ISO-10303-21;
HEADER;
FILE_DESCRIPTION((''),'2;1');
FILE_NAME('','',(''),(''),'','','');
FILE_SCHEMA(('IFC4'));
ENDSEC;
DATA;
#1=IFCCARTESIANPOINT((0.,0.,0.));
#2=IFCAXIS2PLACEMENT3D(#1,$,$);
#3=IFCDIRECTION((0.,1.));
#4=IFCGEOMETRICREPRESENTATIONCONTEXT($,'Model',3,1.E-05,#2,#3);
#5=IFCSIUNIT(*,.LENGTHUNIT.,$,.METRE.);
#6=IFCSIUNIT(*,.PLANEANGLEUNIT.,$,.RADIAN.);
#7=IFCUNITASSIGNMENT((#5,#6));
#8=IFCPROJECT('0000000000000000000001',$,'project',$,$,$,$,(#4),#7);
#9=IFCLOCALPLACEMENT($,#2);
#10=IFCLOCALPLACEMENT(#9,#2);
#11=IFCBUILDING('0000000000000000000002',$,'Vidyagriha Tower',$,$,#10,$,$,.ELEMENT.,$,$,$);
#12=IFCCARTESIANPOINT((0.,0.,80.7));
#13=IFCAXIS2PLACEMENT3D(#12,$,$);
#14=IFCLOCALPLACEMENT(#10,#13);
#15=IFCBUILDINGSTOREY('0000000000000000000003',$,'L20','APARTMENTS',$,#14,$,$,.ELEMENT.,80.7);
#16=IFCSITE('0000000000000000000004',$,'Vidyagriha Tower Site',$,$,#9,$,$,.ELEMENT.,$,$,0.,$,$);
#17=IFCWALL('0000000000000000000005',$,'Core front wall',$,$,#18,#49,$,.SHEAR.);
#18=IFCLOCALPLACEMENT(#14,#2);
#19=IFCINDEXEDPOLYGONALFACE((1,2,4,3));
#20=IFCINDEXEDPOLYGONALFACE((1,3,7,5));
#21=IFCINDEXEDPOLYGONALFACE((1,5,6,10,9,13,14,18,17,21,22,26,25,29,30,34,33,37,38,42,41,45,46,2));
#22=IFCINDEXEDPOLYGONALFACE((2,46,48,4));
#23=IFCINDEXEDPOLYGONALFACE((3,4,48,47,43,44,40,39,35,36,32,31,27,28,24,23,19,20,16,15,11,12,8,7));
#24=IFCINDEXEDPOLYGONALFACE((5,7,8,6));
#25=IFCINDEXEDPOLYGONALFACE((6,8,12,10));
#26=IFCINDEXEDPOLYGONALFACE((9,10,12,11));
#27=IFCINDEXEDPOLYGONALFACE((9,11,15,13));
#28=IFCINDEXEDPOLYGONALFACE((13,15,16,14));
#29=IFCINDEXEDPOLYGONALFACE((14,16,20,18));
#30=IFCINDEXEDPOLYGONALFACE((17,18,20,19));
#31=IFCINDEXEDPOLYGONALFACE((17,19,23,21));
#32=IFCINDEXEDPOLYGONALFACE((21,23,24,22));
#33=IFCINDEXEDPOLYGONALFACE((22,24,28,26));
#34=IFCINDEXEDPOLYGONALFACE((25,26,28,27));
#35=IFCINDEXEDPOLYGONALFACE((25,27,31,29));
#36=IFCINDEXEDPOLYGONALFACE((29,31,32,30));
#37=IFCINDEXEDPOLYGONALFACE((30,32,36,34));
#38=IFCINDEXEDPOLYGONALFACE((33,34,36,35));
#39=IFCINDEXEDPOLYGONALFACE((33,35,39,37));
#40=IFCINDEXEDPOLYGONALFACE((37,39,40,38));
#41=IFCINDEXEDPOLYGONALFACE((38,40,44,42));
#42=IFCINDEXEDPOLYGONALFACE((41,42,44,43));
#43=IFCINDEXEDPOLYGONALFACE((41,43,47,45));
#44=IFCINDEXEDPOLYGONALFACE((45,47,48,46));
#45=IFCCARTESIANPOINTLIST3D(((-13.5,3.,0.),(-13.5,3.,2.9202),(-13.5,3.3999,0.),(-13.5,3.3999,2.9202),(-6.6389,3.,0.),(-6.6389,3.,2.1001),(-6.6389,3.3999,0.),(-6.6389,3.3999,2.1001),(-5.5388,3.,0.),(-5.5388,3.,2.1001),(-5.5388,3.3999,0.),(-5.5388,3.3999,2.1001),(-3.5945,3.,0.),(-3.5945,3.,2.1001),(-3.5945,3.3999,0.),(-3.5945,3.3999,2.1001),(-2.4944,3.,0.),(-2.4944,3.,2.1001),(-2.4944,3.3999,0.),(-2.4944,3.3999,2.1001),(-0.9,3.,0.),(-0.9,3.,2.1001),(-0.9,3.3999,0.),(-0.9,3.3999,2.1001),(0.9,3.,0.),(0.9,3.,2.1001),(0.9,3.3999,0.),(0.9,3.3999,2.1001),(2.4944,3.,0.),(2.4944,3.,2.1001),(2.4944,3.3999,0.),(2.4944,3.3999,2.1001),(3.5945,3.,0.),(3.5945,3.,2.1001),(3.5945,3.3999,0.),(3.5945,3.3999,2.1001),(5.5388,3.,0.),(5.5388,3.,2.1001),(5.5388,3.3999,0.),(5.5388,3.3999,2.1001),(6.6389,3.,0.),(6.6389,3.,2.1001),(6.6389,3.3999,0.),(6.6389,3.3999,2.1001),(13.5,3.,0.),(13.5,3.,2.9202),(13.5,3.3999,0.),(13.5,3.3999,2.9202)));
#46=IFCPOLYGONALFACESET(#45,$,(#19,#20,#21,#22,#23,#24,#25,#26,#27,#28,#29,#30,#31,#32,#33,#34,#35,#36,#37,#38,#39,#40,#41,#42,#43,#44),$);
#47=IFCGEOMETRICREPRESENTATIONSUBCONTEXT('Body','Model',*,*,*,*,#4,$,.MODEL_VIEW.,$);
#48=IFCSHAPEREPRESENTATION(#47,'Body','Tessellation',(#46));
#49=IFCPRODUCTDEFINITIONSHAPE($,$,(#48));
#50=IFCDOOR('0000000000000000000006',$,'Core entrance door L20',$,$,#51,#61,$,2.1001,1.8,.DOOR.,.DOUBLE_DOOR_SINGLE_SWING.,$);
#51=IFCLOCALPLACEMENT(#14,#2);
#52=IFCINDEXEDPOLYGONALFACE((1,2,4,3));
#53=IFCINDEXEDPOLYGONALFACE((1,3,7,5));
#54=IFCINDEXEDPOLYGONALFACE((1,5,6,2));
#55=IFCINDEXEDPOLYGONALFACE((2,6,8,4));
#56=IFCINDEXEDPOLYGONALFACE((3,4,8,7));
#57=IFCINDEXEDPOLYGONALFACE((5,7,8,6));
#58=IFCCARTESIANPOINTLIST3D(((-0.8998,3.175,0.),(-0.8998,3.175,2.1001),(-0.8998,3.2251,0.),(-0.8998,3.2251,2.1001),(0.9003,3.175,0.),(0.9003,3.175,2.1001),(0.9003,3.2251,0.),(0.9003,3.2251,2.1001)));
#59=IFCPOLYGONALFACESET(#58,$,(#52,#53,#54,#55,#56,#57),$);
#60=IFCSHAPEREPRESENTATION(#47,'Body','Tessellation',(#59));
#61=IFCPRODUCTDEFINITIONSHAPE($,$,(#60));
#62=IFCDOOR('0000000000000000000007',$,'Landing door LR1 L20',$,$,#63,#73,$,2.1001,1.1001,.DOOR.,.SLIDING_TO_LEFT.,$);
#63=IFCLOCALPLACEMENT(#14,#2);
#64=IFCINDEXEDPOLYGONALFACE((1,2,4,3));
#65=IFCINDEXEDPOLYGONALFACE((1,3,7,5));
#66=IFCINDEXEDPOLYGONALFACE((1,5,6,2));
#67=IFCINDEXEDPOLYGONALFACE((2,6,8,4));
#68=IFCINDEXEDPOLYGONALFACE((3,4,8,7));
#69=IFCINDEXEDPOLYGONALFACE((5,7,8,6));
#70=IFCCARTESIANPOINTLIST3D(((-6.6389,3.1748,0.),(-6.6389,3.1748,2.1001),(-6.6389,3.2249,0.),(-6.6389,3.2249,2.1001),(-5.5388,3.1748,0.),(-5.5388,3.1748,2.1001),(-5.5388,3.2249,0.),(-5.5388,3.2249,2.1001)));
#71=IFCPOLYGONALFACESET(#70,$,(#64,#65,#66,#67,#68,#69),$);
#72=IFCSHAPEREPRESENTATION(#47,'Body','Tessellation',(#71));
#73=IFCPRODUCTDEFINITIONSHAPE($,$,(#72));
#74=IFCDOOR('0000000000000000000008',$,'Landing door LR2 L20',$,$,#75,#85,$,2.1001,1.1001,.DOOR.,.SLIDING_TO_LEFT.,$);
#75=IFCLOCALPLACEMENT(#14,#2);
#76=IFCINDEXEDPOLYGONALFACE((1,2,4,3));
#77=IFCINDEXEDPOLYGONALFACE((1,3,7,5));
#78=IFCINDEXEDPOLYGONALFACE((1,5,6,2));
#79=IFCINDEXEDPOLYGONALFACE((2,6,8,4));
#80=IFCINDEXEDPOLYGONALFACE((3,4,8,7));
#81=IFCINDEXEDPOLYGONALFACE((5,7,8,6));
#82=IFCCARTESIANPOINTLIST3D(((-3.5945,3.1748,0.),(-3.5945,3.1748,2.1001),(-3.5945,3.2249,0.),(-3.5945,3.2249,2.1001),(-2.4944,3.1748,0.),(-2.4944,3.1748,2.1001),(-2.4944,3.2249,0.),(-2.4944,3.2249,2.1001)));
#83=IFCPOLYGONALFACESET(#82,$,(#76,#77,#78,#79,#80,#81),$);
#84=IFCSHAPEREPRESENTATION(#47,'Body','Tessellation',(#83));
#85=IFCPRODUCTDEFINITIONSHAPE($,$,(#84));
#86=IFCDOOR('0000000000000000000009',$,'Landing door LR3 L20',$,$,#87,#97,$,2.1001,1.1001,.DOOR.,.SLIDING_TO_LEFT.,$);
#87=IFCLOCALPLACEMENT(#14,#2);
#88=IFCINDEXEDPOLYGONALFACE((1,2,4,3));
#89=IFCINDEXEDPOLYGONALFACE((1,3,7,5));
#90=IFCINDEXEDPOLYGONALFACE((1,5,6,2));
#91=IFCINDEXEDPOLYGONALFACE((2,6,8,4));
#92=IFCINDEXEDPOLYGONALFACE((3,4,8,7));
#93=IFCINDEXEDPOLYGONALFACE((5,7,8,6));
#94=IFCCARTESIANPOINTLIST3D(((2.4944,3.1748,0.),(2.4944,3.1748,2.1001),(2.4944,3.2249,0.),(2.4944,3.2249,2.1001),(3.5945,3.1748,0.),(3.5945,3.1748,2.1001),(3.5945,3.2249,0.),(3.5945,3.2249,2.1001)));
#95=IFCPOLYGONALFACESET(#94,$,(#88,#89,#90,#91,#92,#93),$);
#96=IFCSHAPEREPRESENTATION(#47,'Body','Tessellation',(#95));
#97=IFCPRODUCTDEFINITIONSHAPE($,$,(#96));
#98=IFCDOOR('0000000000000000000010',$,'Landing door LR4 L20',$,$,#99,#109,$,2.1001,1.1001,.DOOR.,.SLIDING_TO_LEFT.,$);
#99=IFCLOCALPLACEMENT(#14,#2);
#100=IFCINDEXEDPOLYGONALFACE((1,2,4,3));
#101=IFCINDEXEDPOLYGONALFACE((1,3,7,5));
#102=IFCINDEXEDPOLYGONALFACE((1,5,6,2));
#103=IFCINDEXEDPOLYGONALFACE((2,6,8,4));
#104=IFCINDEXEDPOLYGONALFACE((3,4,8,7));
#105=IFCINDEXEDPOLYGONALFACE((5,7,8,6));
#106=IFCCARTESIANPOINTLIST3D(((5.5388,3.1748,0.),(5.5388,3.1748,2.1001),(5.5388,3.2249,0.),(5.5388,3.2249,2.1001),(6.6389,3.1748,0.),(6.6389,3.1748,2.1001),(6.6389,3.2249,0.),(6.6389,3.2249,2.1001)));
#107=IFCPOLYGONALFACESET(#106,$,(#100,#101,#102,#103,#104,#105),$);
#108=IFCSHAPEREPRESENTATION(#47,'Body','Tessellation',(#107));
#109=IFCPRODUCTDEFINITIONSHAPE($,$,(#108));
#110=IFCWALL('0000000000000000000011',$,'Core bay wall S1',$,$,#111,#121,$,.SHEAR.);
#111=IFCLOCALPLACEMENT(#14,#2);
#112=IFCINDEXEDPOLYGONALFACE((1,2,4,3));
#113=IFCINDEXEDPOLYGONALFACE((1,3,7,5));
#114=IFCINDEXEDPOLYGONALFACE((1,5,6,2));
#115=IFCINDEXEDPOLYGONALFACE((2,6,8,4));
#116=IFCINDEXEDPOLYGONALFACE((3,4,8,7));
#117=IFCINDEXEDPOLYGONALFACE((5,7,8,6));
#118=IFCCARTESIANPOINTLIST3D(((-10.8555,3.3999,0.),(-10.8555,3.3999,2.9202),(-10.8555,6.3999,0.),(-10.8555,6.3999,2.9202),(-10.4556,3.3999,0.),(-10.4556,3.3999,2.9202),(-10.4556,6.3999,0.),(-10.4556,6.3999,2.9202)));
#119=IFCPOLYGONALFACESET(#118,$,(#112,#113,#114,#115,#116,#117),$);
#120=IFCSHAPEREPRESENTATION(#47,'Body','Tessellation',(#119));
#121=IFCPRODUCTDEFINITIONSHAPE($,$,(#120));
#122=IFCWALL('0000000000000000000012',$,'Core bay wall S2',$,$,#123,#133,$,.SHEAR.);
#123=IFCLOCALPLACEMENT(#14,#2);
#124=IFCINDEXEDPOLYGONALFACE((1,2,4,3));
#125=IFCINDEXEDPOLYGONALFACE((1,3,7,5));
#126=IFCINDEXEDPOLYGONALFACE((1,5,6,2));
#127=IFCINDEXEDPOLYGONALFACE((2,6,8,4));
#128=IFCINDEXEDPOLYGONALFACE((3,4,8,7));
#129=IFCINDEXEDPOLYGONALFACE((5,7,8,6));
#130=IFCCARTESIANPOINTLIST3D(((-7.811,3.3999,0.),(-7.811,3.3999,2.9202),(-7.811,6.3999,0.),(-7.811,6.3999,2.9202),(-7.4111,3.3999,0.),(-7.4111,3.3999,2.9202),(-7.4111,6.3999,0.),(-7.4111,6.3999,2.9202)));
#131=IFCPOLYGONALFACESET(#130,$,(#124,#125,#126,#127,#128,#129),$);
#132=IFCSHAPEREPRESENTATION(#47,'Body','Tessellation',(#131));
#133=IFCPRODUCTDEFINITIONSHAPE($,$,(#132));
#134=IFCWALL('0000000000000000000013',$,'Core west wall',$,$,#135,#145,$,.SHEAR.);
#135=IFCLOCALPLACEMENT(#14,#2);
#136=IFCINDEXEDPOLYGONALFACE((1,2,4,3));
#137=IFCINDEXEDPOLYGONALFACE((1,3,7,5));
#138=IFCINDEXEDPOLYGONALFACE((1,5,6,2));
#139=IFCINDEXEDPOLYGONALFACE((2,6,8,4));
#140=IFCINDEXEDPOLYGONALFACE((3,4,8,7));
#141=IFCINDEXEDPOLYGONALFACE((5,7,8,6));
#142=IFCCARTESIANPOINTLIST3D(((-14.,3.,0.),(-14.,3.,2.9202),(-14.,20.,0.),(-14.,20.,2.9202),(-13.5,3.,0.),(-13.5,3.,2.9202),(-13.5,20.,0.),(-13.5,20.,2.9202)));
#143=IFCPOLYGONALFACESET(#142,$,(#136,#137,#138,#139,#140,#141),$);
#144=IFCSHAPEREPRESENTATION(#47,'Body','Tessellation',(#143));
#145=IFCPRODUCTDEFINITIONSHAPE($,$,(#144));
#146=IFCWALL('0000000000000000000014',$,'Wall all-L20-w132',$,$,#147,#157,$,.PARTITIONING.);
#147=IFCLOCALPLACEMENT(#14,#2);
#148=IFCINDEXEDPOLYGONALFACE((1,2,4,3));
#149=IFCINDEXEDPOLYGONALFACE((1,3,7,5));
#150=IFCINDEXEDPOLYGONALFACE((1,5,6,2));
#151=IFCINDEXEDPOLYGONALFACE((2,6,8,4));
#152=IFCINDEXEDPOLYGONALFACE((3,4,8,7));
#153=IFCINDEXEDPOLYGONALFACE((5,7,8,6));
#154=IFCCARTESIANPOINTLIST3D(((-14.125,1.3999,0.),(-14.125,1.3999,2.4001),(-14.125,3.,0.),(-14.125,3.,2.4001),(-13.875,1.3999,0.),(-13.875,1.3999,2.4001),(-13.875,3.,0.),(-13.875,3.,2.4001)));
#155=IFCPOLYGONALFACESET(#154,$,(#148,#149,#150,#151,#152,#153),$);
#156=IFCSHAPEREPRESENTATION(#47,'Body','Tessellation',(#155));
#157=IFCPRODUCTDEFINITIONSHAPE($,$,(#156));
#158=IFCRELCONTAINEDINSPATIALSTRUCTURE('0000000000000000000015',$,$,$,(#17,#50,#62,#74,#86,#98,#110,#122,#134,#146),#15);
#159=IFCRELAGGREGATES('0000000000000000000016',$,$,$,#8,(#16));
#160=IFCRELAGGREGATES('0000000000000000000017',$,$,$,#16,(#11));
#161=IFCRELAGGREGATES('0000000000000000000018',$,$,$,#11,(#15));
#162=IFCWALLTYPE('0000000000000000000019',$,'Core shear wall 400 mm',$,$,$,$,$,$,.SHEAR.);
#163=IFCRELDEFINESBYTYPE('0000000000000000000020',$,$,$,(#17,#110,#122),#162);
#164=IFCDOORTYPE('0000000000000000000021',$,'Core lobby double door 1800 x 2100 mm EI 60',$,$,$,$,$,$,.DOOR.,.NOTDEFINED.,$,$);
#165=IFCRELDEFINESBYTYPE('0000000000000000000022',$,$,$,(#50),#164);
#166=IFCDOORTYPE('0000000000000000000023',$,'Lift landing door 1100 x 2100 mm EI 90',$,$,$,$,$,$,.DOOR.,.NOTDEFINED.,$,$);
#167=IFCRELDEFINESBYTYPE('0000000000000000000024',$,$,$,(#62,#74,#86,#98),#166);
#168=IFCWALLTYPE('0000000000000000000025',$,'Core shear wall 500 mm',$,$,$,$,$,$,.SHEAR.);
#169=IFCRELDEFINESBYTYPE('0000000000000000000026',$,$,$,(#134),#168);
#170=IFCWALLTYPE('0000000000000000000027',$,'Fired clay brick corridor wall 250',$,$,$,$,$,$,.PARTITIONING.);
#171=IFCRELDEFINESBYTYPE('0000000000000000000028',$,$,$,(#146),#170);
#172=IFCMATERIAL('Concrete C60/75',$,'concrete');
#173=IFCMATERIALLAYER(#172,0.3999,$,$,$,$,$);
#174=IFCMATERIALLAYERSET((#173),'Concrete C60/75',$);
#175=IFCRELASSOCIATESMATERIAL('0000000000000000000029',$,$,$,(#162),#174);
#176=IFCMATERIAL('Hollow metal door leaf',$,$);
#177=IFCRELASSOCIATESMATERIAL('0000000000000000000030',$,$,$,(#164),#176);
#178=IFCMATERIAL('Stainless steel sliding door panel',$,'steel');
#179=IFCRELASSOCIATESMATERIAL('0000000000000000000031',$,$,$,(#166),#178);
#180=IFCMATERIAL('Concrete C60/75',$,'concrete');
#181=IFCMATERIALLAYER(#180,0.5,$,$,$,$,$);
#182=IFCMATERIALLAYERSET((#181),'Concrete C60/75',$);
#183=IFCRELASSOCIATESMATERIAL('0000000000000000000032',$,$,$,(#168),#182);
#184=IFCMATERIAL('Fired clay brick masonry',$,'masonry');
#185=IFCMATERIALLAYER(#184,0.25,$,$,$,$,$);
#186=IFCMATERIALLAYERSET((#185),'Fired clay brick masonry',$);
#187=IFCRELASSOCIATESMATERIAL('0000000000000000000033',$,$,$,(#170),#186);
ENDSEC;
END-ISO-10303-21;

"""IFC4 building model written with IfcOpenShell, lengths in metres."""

from ifc_helpers import new_model, si_unit, direction, frame, frame_2d, origin, place, context, subcontext, project, spatial, rectangle, extrude, material, layer, layer_set, type_object, element, fill, save


model = new_model("IFC4")

# Units and contexts
model_context = context("Model", 3, precision=1e-05, world=origin(), true_north=direction((0.0, 1.0)))
body_context = subcontext(model_context, "Body", "Model", "MODEL_VIEW")
ifc_project = project(units=[si_unit("LENGTHUNIT", "METRE"), si_unit("PLANEANGLEUNIT", "RADIAN")], contexts=[model_context])

# Site, building, storey
site_placement = place(None, origin())
site = spatial("IfcSite", under=ifc_project, at=site_placement, Name="Vidyagriha Tower Site", CompositionType="ELEMENT", RefElevation=0.0)
building_placement = place(site_placement, origin())
building = spatial("IfcBuilding", under=site, at=building_placement, Name="Vidyagriha Tower", CompositionType="ELEMENT")
storey_placement = place(building_placement, frame((0.0, 0.0, 80.7)))
storey = spatial("IfcBuildingStorey", under=building, at=storey_placement, Name="L20", Description="APARTMENTS", CompositionType="ELEMENT", Elevation=80.7)

# Wall, openings, doors
ifc_material_1 = material(Name="Concrete C60/75", Category="concrete")
ifc_layer_1 = layer(ifc_material_1, 0.3999)
ifc_layer_set_1 = layer_set([ifc_layer_1], Name="Concrete C60/75")
wall_type_1 = type_object("IfcWallType", Name="Core shear wall 400 mm", PredefinedType="SHEAR", material=ifc_layer_set_1)
wall_1_placement = place(storey_placement, frame((-13.5, 3.2, 0.0)))
wall_1 = element("IfcWall", 1, at=wall_1_placement, inside=storey, type_object=wall_type_1, Name="Core front wall", PredefinedType="SHEAR", context=body_context, shape_type="SweptSolid", body=[
    extrude(rectangle(XDim=27.0, YDim=0.3999, at=frame_2d((13.5, 0.0))), origin(), (0.0, 0.0, 1.0), 2.9202),
])
opening_1_placement = place(wall_1_placement, frame((6.8611, 0.0, 0.0)))
opening_1 = element("IfcOpeningElement", 2, at=opening_1_placement, cuts=wall_1, PredefinedType="OPENING", context=body_context, shape_type="SweptSolid", body=[
    extrude(rectangle(XDim=1.1001, YDim=2.1001, at=frame_2d((0.55, 1.05))), frame((0.0, 0.21, 0.0), z_axis=(0.0, -1.0, 0.0), x_axis=(1.0, 0.0, 0.0)), (0.0, 0.0, 1.0), 0.4199),
])
opening_2_placement = place(wall_1_placement, frame((9.9055, 0.0, 0.0)))
opening_2 = element("IfcOpeningElement", 3, at=opening_2_placement, cuts=wall_1, PredefinedType="OPENING", context=body_context, shape_type="SweptSolid", body=[
    extrude(rectangle(XDim=1.1001, YDim=2.1001, at=frame_2d((0.55, 1.05))), frame((0.0, 0.21, 0.0), z_axis=(0.0, -1.0, 0.0), x_axis=(1.0, 0.0, 0.0)), (0.0, 0.0, 1.0), 0.4199),
])
opening_3_placement = place(wall_1_placement, frame((15.9944, 0.0, 0.0)))
opening_3 = element("IfcOpeningElement", 4, at=opening_3_placement, cuts=wall_1, PredefinedType="OPENING", context=body_context, shape_type="SweptSolid", body=[
    extrude(rectangle(XDim=1.1001, YDim=2.1001, at=frame_2d((0.55, 1.05))), frame((0.0, 0.21, 0.0), z_axis=(0.0, -1.0, 0.0), x_axis=(1.0, 0.0, 0.0)), (0.0, 0.0, 1.0), 0.4199),
])
opening_4_placement = place(wall_1_placement, frame((19.0388, 0.0, 0.0)))
opening_4 = element("IfcOpeningElement", 5, at=opening_4_placement, cuts=wall_1, PredefinedType="OPENING", context=body_context, shape_type="SweptSolid", body=[
    extrude(rectangle(XDim=1.1001, YDim=2.1001, at=frame_2d((0.55, 1.05))), frame((0.0, 0.21, 0.0), z_axis=(0.0, -1.0, 0.0), x_axis=(1.0, 0.0, 0.0)), (0.0, 0.0, 1.0), 0.4199),
])
opening_5_placement = place(wall_1_placement, frame((12.6001, 0.0, 0.0)))
opening_5 = element("IfcOpeningElement", 6, at=opening_5_placement, cuts=wall_1, PredefinedType="OPENING", context=body_context, shape_type="SweptSolid", body=[
    extrude(rectangle(XDim=1.8, YDim=2.1001, at=frame_2d((0.8999, 1.05))), frame((0.0, 0.21, 0.0), z_axis=(0.0, -1.0, 0.0), x_axis=(1.0, 0.0, 0.0)), (0.0, 0.0, 1.0), 0.4199),
])
ifc_material_2 = material(Name="Hollow metal door leaf")
door_type_1 = type_object("IfcDoorType", Name="Core lobby double door 1800 x 2100 mm EI 60", OperationType="NOTDEFINED", PredefinedType="DOOR", material=ifc_material_2)
door_1_placement = place(opening_5_placement, frame((1.8, 0.0, 0.0), z_axis=(0.0, 0.0, 1.0), x_axis=(-1.0, 0.0, 0.0)))
door_1 = element("IfcDoor", 7, at=door_1_placement, inside=storey, type_object=door_type_1, Name="Core entrance door L20", OperationType="DOUBLE_DOOR_SINGLE_SWING", OverallHeight=2.1001, OverallWidth=1.8, PredefinedType="DOOR", context=body_context, shape_type="SweptSolid", body=[
    extrude(rectangle(XDim=1.8, YDim=2.1001, at=frame_2d((0.8999, 1.05))), frame((0.0, 0.0249, 0.0), z_axis=(0.0, -1.0, 0.0), x_axis=(1.0, 0.0, 0.0)), (0.0, 0.0, 1.0), 0.05),
])
fill(opening_5, door_1)
ifc_material_3 = material(Name="Stainless steel sliding door panel", Category="steel")
door_type_2 = type_object("IfcDoorType", Name="Lift landing door 1100 x 2100 mm EI 90", OperationType="NOTDEFINED", PredefinedType="DOOR", material=ifc_material_3)
door_2_placement = place(opening_1_placement, origin())
door_2 = element("IfcDoor", 8, at=door_2_placement, inside=storey, type_object=door_type_2, Name="Landing door LR1 L20", OperationType="SLIDING_TO_LEFT", OverallHeight=2.1001, OverallWidth=1.1001, PredefinedType="DOOR", context=body_context, shape_type="SweptSolid", body=[
    extrude(rectangle(XDim=1.1001, YDim=2.1001, at=frame_2d((0.55, 1.05))), frame((0.0, 0.0249, 0.0), z_axis=(0.0, -1.0, 0.0), x_axis=(1.0, 0.0, 0.0)), (0.0, 0.0, 1.0), 0.05),
])
fill(opening_1, door_2)
door_3_placement = place(opening_2_placement, origin())
door_3 = element("IfcDoor", 9, at=door_3_placement, inside=storey, type_object=door_type_2, Name="Landing door LR2 L20", OperationType="SLIDING_TO_LEFT", OverallHeight=2.1001, OverallWidth=1.1001, PredefinedType="DOOR", context=body_context, shape_type="SweptSolid", body=[
    extrude(rectangle(XDim=1.1001, YDim=2.1001, at=frame_2d((0.55, 1.05))), frame((0.0, 0.0249, 0.0), z_axis=(0.0, -1.0, 0.0), x_axis=(1.0, 0.0, 0.0)), (0.0, 0.0, 1.0), 0.05),
])
fill(opening_2, door_3)
door_4_placement = place(opening_3_placement, origin())
door_4 = element("IfcDoor", 10, at=door_4_placement, inside=storey, type_object=door_type_2, Name="Landing door LR3 L20", OperationType="SLIDING_TO_LEFT", OverallHeight=2.1001, OverallWidth=1.1001, PredefinedType="DOOR", context=body_context, shape_type="SweptSolid", body=[
    extrude(rectangle(XDim=1.1001, YDim=2.1001, at=frame_2d((0.55, 1.05))), frame((0.0, 0.0249, 0.0), z_axis=(0.0, -1.0, 0.0), x_axis=(1.0, 0.0, 0.0)), (0.0, 0.0, 1.0), 0.05),
])
fill(opening_3, door_4)
door_5_placement = place(opening_4_placement, origin())
door_5 = element("IfcDoor", 11, at=door_5_placement, inside=storey, type_object=door_type_2, Name="Landing door LR4 L20", OperationType="SLIDING_TO_LEFT", OverallHeight=2.1001, OverallWidth=1.1001, PredefinedType="DOOR", context=body_context, shape_type="SweptSolid", body=[
    extrude(rectangle(XDim=1.1001, YDim=2.1001, at=frame_2d((0.55, 1.05))), frame((0.0, 0.0249, 0.0), z_axis=(0.0, -1.0, 0.0), x_axis=(1.0, 0.0, 0.0)), (0.0, 0.0, 1.0), 0.05),
])
fill(opening_4, door_5)

# Walls
for number, where, z_axis, x_axis, name in (
    (12, (-10.6555, 3.3999, 0.0), (0.0, 0.0, 1.0), (0.0, 1.0, 0.0), "Core bay wall S1"),
    (13, (-7.6111, 3.3999, 0.0), (0.0, 0.0, 1.0), (0.0, 1.0, 0.0), "Core bay wall S2"),
):
    element("IfcWall", number, at=place(storey_placement, frame(where, z_axis=z_axis, x_axis=x_axis)), inside=storey, type_object=wall_type_1, Name=name, PredefinedType="SHEAR", context=body_context, shape_type="SweptSolid", body=[
        extrude(rectangle(XDim=3.0, YDim=0.3999, at=frame_2d((1.5, 0.0))), origin(), (0.0, 0.0, 1.0), 2.9202),
    ])
ifc_material_4 = material(Name="Concrete C60/75", Category="concrete")
ifc_layer_2 = layer(ifc_material_4, 0.5)
ifc_layer_set_2 = layer_set([ifc_layer_2], Name="Concrete C60/75")
wall_type_2 = type_object("IfcWallType", Name="Core shear wall 500 mm", PredefinedType="SHEAR", material=ifc_layer_set_2)
wall_2_placement = place(storey_placement, frame((-13.75, 3.0, 0.0), z_axis=(0.0, 0.0, 1.0), x_axis=(0.0, 1.0, 0.0)))
element("IfcWall", 14, at=wall_2_placement, inside=storey, type_object=wall_type_2, Name="Core west wall", PredefinedType="SHEAR", context=body_context, shape_type="SweptSolid", body=[
    extrude(rectangle(XDim=17.0, YDim=0.5, at=frame_2d((8.5, 0.0))), origin(), (0.0, 0.0, 1.0), 2.9202),
])
ifc_material_5 = material(Name="Fired clay brick masonry", Category="masonry")
ifc_layer_3 = layer(ifc_material_5, 0.25)
ifc_layer_set_3 = layer_set([ifc_layer_3], Name="Fired clay brick masonry")
wall_type_3 = type_object("IfcWallType", Name="Fired clay brick corridor wall 250", PredefinedType="PARTITIONING", material=ifc_layer_set_3)
wall_3_placement = place(storey_placement, frame((-14.0, 3.0, 0.0), z_axis=(0.0, 0.0, 1.0), x_axis=(0.0, -1.0, 0.0)))
element("IfcWall", 15, at=wall_3_placement, inside=storey, type_object=wall_type_3, Name="Wall all-L20-w132", PredefinedType="PARTITIONING", context=body_context, shape_type="SweptSolid", body=[
    extrude(rectangle(XDim=1.6001, YDim=0.25, at=frame_2d((0.8, 0.0))), origin(), (0.0, 0.0, 1.0), 2.4001),
])

save(model, "model.ifc")
